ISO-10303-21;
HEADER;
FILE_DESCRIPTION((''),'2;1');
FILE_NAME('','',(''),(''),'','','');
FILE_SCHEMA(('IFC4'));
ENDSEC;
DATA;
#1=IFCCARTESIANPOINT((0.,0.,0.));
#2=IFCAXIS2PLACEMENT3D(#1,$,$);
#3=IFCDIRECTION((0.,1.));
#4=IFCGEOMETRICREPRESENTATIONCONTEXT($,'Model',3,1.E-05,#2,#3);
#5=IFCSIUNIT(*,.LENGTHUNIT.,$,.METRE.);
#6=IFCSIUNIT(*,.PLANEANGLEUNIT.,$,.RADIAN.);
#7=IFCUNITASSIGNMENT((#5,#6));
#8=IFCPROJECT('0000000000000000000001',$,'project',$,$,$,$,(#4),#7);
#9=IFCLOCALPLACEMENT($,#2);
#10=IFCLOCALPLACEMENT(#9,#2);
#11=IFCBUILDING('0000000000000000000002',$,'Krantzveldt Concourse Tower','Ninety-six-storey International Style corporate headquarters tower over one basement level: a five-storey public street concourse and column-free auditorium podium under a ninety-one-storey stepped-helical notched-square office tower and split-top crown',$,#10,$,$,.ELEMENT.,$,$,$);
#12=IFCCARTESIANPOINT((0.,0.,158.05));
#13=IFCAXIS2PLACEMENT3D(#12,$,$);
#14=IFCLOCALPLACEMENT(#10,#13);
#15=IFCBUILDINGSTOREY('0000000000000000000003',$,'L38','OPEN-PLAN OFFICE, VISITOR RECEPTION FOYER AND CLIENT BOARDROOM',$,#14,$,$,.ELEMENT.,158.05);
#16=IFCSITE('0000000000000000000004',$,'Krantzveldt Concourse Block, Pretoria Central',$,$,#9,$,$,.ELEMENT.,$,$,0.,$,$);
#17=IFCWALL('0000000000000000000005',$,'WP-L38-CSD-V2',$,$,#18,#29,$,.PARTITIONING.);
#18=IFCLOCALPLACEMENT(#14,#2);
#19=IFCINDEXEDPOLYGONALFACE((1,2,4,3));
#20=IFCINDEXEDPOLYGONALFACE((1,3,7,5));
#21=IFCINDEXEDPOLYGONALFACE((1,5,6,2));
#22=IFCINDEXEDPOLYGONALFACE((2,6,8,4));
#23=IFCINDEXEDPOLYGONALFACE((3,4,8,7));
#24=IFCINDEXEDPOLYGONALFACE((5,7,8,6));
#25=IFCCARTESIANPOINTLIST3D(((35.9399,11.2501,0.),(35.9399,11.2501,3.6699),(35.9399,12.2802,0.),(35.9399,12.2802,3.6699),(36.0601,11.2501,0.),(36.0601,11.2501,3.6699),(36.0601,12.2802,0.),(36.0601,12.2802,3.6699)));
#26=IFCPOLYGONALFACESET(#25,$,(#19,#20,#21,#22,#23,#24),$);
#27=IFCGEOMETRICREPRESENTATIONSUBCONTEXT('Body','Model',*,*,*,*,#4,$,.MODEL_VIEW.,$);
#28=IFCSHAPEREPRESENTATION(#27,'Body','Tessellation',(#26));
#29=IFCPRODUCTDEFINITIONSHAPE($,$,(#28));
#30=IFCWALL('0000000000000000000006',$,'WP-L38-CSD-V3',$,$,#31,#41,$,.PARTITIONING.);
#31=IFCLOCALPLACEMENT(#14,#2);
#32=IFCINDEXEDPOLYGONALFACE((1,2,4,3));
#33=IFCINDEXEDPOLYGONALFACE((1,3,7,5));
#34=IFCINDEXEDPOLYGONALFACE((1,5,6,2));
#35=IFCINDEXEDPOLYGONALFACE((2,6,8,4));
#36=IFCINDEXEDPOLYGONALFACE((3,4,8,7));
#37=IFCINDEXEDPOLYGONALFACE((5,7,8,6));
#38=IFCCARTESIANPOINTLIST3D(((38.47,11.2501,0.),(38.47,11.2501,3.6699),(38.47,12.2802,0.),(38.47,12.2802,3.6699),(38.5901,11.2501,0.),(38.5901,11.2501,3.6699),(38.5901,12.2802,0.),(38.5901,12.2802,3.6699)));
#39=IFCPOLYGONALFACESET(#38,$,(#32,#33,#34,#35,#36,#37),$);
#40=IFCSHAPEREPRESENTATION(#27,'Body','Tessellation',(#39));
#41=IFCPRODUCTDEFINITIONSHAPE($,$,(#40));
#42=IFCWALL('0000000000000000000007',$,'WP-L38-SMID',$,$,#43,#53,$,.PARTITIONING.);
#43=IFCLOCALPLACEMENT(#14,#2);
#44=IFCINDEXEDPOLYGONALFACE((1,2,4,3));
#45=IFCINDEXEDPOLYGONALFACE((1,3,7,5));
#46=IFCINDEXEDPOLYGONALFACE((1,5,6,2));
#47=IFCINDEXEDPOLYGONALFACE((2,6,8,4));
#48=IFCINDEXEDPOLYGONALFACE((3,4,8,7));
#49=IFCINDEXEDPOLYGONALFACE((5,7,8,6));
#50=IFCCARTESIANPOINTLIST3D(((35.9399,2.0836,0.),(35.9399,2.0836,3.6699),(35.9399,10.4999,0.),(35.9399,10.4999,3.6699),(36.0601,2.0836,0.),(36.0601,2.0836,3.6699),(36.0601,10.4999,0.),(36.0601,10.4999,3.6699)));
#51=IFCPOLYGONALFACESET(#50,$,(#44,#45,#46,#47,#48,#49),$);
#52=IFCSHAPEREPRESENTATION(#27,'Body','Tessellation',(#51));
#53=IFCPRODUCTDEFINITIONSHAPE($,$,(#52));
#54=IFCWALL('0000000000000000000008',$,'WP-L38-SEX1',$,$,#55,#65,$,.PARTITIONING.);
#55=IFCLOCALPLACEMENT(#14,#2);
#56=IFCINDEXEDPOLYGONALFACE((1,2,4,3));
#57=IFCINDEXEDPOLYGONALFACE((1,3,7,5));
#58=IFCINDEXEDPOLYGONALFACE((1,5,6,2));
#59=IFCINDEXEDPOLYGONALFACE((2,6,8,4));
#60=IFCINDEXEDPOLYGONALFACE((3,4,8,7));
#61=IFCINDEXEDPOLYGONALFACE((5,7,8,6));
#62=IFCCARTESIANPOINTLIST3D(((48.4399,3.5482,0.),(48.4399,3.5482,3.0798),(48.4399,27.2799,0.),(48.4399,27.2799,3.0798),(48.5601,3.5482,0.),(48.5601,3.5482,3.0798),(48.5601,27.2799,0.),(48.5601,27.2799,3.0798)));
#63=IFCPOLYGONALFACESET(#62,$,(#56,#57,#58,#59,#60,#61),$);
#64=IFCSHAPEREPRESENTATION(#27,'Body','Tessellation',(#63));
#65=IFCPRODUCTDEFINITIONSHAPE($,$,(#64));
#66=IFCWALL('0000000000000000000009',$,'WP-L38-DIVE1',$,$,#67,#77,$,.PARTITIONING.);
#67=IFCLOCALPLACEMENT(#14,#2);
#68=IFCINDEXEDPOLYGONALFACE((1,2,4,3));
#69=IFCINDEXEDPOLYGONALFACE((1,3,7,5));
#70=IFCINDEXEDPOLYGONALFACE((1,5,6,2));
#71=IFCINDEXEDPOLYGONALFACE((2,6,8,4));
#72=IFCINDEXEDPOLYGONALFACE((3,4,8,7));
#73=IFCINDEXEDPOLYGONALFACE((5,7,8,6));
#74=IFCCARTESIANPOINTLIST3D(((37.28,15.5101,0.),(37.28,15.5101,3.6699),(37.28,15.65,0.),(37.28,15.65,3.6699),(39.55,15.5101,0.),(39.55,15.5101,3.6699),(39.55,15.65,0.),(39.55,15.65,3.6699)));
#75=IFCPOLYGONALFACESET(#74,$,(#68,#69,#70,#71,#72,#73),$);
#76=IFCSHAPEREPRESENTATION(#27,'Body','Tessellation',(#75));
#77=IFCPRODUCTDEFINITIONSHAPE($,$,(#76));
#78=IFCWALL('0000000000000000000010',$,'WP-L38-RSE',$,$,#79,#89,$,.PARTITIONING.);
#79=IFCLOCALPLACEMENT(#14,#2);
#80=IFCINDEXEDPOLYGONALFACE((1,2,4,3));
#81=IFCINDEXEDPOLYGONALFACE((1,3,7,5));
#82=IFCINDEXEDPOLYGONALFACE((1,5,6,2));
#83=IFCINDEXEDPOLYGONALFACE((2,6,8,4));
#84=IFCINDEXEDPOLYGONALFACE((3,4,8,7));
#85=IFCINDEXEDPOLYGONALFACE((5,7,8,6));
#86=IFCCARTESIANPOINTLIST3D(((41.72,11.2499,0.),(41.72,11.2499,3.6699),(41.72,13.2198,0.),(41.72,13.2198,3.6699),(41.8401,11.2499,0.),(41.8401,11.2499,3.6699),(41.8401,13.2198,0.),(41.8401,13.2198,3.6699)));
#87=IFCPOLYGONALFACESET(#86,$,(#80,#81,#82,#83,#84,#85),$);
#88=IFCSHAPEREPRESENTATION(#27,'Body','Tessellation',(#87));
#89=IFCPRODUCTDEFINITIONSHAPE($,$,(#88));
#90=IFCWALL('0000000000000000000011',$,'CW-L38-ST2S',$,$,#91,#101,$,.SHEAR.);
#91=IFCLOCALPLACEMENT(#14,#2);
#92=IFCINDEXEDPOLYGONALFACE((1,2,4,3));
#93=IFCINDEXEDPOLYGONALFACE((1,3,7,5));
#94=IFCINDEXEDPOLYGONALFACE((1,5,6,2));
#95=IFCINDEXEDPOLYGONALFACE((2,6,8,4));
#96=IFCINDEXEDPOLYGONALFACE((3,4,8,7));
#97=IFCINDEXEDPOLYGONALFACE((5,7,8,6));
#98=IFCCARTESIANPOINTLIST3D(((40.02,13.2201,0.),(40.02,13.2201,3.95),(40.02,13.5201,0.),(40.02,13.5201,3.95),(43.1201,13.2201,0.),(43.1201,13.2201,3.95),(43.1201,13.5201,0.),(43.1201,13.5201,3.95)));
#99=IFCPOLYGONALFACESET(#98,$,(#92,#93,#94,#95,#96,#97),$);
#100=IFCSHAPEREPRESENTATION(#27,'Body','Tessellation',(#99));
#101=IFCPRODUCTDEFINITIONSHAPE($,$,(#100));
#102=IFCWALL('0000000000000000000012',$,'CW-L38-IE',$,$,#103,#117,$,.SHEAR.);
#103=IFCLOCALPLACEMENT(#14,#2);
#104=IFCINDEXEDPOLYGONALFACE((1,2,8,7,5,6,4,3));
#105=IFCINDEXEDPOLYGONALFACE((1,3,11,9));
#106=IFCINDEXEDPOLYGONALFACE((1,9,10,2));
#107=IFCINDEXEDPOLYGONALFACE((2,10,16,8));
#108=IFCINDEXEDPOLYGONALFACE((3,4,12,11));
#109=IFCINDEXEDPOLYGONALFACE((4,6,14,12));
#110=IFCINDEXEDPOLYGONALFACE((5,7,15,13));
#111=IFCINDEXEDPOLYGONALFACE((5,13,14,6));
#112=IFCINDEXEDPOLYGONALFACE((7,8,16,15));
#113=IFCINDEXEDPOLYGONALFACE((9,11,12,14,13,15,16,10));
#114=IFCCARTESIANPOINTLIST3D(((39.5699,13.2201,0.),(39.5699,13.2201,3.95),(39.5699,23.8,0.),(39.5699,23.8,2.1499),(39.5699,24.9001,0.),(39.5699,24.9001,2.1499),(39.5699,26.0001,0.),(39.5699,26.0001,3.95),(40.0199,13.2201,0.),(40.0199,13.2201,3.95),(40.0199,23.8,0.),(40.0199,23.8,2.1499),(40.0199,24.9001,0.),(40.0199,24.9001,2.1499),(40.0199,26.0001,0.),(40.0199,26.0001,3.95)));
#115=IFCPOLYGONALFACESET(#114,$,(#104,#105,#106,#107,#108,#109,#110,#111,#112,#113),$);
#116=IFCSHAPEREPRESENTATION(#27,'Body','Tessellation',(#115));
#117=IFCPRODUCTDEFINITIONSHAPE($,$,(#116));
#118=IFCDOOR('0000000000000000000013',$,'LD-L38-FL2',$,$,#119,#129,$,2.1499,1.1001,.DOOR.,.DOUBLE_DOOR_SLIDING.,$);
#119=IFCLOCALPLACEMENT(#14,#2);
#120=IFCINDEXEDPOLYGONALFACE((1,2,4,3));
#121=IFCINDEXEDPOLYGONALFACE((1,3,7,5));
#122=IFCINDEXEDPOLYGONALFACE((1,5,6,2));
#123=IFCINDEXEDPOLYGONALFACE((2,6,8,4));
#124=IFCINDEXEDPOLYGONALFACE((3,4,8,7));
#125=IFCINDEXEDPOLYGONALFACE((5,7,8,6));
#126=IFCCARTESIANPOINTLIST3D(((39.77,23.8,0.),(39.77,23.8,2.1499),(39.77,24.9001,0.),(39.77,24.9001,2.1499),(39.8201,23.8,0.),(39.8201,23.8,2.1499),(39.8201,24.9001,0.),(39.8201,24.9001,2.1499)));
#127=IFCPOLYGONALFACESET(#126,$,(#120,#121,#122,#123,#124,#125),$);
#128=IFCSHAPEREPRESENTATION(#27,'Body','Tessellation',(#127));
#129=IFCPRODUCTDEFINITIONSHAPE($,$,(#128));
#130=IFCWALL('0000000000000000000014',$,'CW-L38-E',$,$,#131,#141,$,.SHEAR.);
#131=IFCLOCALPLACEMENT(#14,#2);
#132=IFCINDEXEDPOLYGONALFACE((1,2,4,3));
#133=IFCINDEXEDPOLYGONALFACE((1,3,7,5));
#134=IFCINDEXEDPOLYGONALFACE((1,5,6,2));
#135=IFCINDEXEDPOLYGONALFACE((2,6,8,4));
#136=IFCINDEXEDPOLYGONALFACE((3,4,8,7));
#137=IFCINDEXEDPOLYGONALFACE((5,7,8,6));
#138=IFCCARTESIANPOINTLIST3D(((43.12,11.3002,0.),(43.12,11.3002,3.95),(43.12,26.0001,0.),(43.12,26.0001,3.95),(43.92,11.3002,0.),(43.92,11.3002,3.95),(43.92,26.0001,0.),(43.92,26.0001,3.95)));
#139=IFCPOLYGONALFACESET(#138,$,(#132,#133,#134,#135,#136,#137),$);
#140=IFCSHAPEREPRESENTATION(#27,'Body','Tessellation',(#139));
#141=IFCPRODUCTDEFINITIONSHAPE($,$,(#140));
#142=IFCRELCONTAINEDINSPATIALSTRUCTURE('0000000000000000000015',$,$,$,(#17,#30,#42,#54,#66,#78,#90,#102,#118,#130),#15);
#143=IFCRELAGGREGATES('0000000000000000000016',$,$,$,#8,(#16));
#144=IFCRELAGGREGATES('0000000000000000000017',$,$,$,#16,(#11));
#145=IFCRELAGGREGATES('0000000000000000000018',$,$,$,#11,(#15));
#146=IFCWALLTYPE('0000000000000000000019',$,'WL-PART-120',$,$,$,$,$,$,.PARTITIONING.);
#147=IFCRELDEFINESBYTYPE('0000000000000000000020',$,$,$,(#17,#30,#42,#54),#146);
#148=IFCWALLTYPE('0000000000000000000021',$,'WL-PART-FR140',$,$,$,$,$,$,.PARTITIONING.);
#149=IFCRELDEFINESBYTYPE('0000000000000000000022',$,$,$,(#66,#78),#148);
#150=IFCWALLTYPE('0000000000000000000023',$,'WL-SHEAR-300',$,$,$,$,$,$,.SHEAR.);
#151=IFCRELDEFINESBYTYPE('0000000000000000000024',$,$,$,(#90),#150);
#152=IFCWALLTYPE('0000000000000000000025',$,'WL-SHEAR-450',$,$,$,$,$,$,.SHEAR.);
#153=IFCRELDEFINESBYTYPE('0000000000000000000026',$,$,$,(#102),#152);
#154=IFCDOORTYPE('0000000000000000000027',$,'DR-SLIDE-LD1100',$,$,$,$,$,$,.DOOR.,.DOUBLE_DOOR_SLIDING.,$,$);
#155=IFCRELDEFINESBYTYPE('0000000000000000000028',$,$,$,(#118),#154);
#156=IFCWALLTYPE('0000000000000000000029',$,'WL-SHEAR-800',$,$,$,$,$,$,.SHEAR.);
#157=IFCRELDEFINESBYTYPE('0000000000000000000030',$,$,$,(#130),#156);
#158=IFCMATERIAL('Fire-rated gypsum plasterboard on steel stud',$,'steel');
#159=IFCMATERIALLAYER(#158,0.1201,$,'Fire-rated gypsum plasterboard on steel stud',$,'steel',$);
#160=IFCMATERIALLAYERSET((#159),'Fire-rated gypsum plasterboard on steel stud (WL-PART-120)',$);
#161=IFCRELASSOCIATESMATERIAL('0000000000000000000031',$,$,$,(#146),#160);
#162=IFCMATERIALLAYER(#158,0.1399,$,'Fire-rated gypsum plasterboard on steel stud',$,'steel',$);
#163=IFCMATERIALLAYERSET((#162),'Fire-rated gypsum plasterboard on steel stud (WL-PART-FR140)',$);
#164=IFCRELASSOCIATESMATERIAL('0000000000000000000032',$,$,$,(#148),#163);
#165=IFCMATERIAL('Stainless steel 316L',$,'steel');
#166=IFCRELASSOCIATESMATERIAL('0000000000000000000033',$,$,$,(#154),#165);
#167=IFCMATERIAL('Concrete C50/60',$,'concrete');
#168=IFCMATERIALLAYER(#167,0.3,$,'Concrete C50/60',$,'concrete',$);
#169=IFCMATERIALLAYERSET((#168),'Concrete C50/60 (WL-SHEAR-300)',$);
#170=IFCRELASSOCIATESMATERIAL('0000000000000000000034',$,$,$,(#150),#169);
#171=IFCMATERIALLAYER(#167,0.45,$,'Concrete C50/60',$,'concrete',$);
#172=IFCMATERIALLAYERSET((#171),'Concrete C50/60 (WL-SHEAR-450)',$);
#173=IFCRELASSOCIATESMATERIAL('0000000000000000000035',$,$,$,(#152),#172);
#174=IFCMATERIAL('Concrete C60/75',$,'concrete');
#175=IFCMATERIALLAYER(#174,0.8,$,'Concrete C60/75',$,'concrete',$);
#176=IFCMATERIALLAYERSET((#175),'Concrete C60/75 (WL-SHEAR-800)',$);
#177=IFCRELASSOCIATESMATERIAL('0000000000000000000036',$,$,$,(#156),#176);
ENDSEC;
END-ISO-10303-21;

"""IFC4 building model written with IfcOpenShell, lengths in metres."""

from ifc_helpers import new_model, si_unit, direction, frame, frame_2d, origin, place, context, subcontext, project, spatial, rectangle, extrude, material, layer, layer_set, type_object, element, fill, save


model = new_model("IFC4")

# Units and contexts
model_context = context("Model", 3, precision=1e-05, world=origin(), true_north=direction((0.0, 1.0)))
body_context = subcontext(model_context, "Body", "Model", "MODEL_VIEW")
ifc_project = project(units=[si_unit("LENGTHUNIT", "METRE"), si_unit("PLANEANGLEUNIT", "RADIAN")], contexts=[model_context])

# Site, building, storey
site_placement = place(None, origin())
site = spatial("IfcSite", under=ifc_project, at=site_placement, Name="Krantzveldt Concourse Block, Pretoria Central", CompositionType="ELEMENT", RefElevation=0.0)
building_placement = place(site_placement, origin())
building = spatial("IfcBuilding", under=site, at=building_placement, Name="Krantzveldt Concourse Tower", Description="Ninety-six-storey International Style corporate headquarters tower over one basement level: a five-storey public street concourse and column-free auditorium podium under a ninety-one-storey stepped-helical notched-square office tower and split-top crown", CompositionType="ELEMENT")
storey_placement = place(building_placement, frame((0.0, 0.0, 158.05)))
storey = spatial("IfcBuildingStorey", under=building, at=storey_placement, Name="L38", Description="OPEN-PLAN OFFICE, VISITOR RECEPTION FOYER AND CLIENT BOARDROOM", CompositionType="ELEMENT", Elevation=158.05)

# Shared definitions
ifc_material_1 = material(Name="Concrete C50/60", Category="concrete")

# Walls
ifc_material_2 = material(Name="Fire-rated gypsum plasterboard on steel stud", Category="steel")
ifc_layer_1 = layer(ifc_material_2, 0.1201, Name="Fire-rated gypsum plasterboard on steel stud", Category="steel")
ifc_layer_set_1 = layer_set([ifc_layer_1], Name="Fire-rated gypsum plasterboard on steel stud (WL-PART-120)")
wall_type_1 = type_object("IfcWallType", Name="WL-PART-120", PredefinedType="PARTITIONING", material=ifc_layer_set_1)
for number, where, z_axis, x_axis, name in (
    (1, (36.0, 11.25, 0.0), (0.0, 0.0, 1.0), (0.0, 1.0, 0.0), "WP-L38-CSD-V2"),
    (2, (38.53, 11.25, 0.0), (0.0, 0.0, 1.0), (0.0, 1.0, 0.0), "WP-L38-CSD-V3"),
):
    element("IfcWall", number, at=place(storey_placement, frame(where, z_axis=z_axis, x_axis=x_axis)), inside=storey, type_object=wall_type_1, Name=name, PredefinedType="PARTITIONING", context=body_context, shape_type="SweptSolid", body=[
        extrude(rectangle(XDim=1.03, YDim=0.1201, at=frame_2d((0.5151, 0.0))), origin(), (0.0, 0.0, 1.0), 3.6699),
    ])
wall_1_placement = place(storey_placement, frame((36.0, 2.0837, 0.0), z_axis=(0.0, 0.0, 1.0), x_axis=(0.0, 1.0, 0.0)))
element("IfcWall", 3, at=wall_1_placement, inside=storey, type_object=wall_type_1, Name="WP-L38-SMID", PredefinedType="PARTITIONING", context=body_context, shape_type="SweptSolid", body=[
    extrude(rectangle(XDim=8.4163, YDim=0.1201, at=frame_2d((4.208, 0.0))), origin(), (0.0, 0.0, 1.0), 3.6699),
])
wall_2_placement = place(storey_placement, frame((48.5, 3.5483, 0.0), z_axis=(0.0, 0.0, 1.0), x_axis=(0.0, 1.0, 0.0)))
element("IfcWall", 4, at=wall_2_placement, inside=storey, type_object=wall_type_1, Name="WP-L38-SEX1", PredefinedType="PARTITIONING", context=body_context, shape_type="SweptSolid", body=[
    extrude(rectangle(XDim=23.7317, YDim=0.1201, at=frame_2d((11.8657, 0.0))), origin(), (0.0, 0.0, 1.0), 3.0798),
])

# Shared definitions
ifc_layer_2 = layer(ifc_material_2, 0.1399, Name="Fire-rated gypsum plasterboard on steel stud", Category="steel")
ifc_layer_set_2 = layer_set([ifc_layer_2], Name="Fire-rated gypsum plasterboard on steel stud (WL-PART-FR140)")
wall_type_2 = type_object("IfcWallType", Name="WL-PART-FR140", PredefinedType="PARTITIONING", material=ifc_layer_set_2)
ifc_material_3 = material(Name="Stainless steel 316L", Category="steel")
door_type = type_object("IfcDoorType", Name="DR-SLIDE-LD1100", OperationType="DOUBLE_DOOR_SLIDING", PredefinedType="DOOR", material=ifc_material_3)

# Walls
wall_3_placement = place(storey_placement, frame((37.28, 15.5801, 0.0), z_axis=(0.0, 0.0, 1.0), x_axis=(1.0, 0.0, 0.0)))
element("IfcWall", 5, at=wall_3_placement, inside=storey, type_object=wall_type_2, Name="WP-L38-DIVE1", PredefinedType="PARTITIONING", context=body_context, shape_type="SweptSolid", body=[
    extrude(rectangle(XDim=2.27, YDim=0.1399, at=frame_2d((1.135, 0.0))), origin(), (0.0, 0.0, 1.0), 3.6699),
])
wall_4_placement = place(storey_placement, frame((41.78, 11.25, 0.0), z_axis=(0.0, 0.0, 1.0), x_axis=(0.0, 1.0, 0.0)))
element("IfcWall", 6, at=wall_4_placement, inside=storey, type_object=wall_type_2, Name="WP-L38-RSE", PredefinedType="PARTITIONING", context=body_context, shape_type="SweptSolid", body=[
    extrude(rectangle(XDim=1.97, YDim=0.1201, at=frame_2d((0.9849, 0.0))), origin(), (0.0, 0.0, 1.0), 3.6699),
])
ifc_layer_3 = layer(ifc_material_1, 0.3, Name="Concrete C50/60", Category="concrete")
ifc_layer_set_3 = layer_set([ifc_layer_3], Name="Concrete C50/60 (WL-SHEAR-300)")
wall_type_3 = type_object("IfcWallType", Name="WL-SHEAR-300", PredefinedType="SHEAR", material=ifc_layer_set_3)
wall_5_placement = place(storey_placement, frame((40.02, 13.3701, 0.0), z_axis=(0.0, 0.0, 1.0), x_axis=(1.0, 0.0, 0.0)))
element("IfcWall", 7, at=wall_5_placement, inside=storey, type_object=wall_type_3, Name="CW-L38-ST2S", PredefinedType="SHEAR", context=body_context, shape_type="SweptSolid", body=[
    extrude(rectangle(XDim=3.1001, YDim=0.3, at=frame_2d((1.55, 0.0))), origin(), (0.0, 0.0, 1.0), 3.95),
])

# Wall, opening, door
ifc_layer_4 = layer(ifc_material_1, 0.45, Name="Concrete C50/60", Category="concrete")
ifc_layer_set_4 = layer_set([ifc_layer_4], Name="Concrete C50/60 (WL-SHEAR-450)")
wall_type_4 = type_object("IfcWallType", Name="WL-SHEAR-450", PredefinedType="SHEAR", material=ifc_layer_set_4)
wall_6_placement = place(storey_placement, frame((39.7949, 13.22, 0.0), z_axis=(0.0, 0.0, 1.0), x_axis=(0.0, 1.0, 0.0)))
wall_6 = element("IfcWall", 8, at=wall_6_placement, inside=storey, type_object=wall_type_4, Name="CW-L38-IE", PredefinedType="SHEAR", context=body_context, shape_type="SweptSolid", body=[
    extrude(rectangle(XDim=12.78, YDim=0.45, at=frame_2d((6.3901, 0.0))), origin(), (0.0, 0.0, 1.0), 3.95),
])
opening_1_placement = place(wall_6_placement, frame((10.5801, 0.0, 0.0)))
opening_1 = element("IfcOpeningElement", 9, at=opening_1_placement, cuts=wall_6, PredefinedType="OPENING", context=body_context, shape_type="SweptSolid", body=[
    extrude(rectangle(XDim=1.1001, YDim=2.1499, at=frame_2d((0.55, 1.075))), frame((0.0, 0.2349, 0.0), z_axis=(0.0, -1.0, 0.0), x_axis=(1.0, 0.0, 0.0)), (0.0, 0.0, 1.0), 0.47),
])
door_1_placement = place(opening_1_placement, origin())
door_1 = element("IfcDoor", 10, at=door_1_placement, inside=storey, type_object=door_type, Name="LD-L38-FL2", OperationType="DOUBLE_DOOR_SLIDING", OverallHeight=2.1499, OverallWidth=1.1001, PredefinedType="DOOR", context=body_context, shape_type="SweptSolid", body=[
    extrude(rectangle(XDim=1.1001, YDim=2.1499, at=frame_2d((0.55, 1.075))), frame((0.0, 0.0249, 0.0), z_axis=(0.0, -1.0, 0.0), x_axis=(1.0, 0.0, 0.0)), (0.0, 0.0, 1.0), 0.05),
])
fill(opening_1, door_1)

# Wall
ifc_material_4 = material(Name="Concrete C60/75", Category="concrete")
ifc_layer_5 = layer(ifc_material_4, 0.8, Name="Concrete C60/75", Category="concrete")
ifc_layer_set_5 = layer_set([ifc_layer_5], Name="Concrete C60/75 (WL-SHEAR-800)")
wall_type_5 = type_object("IfcWallType", Name="WL-SHEAR-800", PredefinedType="SHEAR", material=ifc_layer_set_5)
wall_7_placement = place(storey_placement, frame((43.52, 11.3, 0.0), z_axis=(0.0, 0.0, 1.0), x_axis=(0.0, 1.0, 0.0)))
element("IfcWall", 11, at=wall_7_placement, inside=storey, type_object=wall_type_5, Name="CW-L38-E", PredefinedType="SHEAR", context=body_context, shape_type="SweptSolid", body=[
    extrude(rectangle(XDim=14.7, YDim=0.8, at=frame_2d((7.3501, 0.0))), origin(), (0.0, 0.0, 1.0), 3.95),
])

save(model, "model.ifc")
